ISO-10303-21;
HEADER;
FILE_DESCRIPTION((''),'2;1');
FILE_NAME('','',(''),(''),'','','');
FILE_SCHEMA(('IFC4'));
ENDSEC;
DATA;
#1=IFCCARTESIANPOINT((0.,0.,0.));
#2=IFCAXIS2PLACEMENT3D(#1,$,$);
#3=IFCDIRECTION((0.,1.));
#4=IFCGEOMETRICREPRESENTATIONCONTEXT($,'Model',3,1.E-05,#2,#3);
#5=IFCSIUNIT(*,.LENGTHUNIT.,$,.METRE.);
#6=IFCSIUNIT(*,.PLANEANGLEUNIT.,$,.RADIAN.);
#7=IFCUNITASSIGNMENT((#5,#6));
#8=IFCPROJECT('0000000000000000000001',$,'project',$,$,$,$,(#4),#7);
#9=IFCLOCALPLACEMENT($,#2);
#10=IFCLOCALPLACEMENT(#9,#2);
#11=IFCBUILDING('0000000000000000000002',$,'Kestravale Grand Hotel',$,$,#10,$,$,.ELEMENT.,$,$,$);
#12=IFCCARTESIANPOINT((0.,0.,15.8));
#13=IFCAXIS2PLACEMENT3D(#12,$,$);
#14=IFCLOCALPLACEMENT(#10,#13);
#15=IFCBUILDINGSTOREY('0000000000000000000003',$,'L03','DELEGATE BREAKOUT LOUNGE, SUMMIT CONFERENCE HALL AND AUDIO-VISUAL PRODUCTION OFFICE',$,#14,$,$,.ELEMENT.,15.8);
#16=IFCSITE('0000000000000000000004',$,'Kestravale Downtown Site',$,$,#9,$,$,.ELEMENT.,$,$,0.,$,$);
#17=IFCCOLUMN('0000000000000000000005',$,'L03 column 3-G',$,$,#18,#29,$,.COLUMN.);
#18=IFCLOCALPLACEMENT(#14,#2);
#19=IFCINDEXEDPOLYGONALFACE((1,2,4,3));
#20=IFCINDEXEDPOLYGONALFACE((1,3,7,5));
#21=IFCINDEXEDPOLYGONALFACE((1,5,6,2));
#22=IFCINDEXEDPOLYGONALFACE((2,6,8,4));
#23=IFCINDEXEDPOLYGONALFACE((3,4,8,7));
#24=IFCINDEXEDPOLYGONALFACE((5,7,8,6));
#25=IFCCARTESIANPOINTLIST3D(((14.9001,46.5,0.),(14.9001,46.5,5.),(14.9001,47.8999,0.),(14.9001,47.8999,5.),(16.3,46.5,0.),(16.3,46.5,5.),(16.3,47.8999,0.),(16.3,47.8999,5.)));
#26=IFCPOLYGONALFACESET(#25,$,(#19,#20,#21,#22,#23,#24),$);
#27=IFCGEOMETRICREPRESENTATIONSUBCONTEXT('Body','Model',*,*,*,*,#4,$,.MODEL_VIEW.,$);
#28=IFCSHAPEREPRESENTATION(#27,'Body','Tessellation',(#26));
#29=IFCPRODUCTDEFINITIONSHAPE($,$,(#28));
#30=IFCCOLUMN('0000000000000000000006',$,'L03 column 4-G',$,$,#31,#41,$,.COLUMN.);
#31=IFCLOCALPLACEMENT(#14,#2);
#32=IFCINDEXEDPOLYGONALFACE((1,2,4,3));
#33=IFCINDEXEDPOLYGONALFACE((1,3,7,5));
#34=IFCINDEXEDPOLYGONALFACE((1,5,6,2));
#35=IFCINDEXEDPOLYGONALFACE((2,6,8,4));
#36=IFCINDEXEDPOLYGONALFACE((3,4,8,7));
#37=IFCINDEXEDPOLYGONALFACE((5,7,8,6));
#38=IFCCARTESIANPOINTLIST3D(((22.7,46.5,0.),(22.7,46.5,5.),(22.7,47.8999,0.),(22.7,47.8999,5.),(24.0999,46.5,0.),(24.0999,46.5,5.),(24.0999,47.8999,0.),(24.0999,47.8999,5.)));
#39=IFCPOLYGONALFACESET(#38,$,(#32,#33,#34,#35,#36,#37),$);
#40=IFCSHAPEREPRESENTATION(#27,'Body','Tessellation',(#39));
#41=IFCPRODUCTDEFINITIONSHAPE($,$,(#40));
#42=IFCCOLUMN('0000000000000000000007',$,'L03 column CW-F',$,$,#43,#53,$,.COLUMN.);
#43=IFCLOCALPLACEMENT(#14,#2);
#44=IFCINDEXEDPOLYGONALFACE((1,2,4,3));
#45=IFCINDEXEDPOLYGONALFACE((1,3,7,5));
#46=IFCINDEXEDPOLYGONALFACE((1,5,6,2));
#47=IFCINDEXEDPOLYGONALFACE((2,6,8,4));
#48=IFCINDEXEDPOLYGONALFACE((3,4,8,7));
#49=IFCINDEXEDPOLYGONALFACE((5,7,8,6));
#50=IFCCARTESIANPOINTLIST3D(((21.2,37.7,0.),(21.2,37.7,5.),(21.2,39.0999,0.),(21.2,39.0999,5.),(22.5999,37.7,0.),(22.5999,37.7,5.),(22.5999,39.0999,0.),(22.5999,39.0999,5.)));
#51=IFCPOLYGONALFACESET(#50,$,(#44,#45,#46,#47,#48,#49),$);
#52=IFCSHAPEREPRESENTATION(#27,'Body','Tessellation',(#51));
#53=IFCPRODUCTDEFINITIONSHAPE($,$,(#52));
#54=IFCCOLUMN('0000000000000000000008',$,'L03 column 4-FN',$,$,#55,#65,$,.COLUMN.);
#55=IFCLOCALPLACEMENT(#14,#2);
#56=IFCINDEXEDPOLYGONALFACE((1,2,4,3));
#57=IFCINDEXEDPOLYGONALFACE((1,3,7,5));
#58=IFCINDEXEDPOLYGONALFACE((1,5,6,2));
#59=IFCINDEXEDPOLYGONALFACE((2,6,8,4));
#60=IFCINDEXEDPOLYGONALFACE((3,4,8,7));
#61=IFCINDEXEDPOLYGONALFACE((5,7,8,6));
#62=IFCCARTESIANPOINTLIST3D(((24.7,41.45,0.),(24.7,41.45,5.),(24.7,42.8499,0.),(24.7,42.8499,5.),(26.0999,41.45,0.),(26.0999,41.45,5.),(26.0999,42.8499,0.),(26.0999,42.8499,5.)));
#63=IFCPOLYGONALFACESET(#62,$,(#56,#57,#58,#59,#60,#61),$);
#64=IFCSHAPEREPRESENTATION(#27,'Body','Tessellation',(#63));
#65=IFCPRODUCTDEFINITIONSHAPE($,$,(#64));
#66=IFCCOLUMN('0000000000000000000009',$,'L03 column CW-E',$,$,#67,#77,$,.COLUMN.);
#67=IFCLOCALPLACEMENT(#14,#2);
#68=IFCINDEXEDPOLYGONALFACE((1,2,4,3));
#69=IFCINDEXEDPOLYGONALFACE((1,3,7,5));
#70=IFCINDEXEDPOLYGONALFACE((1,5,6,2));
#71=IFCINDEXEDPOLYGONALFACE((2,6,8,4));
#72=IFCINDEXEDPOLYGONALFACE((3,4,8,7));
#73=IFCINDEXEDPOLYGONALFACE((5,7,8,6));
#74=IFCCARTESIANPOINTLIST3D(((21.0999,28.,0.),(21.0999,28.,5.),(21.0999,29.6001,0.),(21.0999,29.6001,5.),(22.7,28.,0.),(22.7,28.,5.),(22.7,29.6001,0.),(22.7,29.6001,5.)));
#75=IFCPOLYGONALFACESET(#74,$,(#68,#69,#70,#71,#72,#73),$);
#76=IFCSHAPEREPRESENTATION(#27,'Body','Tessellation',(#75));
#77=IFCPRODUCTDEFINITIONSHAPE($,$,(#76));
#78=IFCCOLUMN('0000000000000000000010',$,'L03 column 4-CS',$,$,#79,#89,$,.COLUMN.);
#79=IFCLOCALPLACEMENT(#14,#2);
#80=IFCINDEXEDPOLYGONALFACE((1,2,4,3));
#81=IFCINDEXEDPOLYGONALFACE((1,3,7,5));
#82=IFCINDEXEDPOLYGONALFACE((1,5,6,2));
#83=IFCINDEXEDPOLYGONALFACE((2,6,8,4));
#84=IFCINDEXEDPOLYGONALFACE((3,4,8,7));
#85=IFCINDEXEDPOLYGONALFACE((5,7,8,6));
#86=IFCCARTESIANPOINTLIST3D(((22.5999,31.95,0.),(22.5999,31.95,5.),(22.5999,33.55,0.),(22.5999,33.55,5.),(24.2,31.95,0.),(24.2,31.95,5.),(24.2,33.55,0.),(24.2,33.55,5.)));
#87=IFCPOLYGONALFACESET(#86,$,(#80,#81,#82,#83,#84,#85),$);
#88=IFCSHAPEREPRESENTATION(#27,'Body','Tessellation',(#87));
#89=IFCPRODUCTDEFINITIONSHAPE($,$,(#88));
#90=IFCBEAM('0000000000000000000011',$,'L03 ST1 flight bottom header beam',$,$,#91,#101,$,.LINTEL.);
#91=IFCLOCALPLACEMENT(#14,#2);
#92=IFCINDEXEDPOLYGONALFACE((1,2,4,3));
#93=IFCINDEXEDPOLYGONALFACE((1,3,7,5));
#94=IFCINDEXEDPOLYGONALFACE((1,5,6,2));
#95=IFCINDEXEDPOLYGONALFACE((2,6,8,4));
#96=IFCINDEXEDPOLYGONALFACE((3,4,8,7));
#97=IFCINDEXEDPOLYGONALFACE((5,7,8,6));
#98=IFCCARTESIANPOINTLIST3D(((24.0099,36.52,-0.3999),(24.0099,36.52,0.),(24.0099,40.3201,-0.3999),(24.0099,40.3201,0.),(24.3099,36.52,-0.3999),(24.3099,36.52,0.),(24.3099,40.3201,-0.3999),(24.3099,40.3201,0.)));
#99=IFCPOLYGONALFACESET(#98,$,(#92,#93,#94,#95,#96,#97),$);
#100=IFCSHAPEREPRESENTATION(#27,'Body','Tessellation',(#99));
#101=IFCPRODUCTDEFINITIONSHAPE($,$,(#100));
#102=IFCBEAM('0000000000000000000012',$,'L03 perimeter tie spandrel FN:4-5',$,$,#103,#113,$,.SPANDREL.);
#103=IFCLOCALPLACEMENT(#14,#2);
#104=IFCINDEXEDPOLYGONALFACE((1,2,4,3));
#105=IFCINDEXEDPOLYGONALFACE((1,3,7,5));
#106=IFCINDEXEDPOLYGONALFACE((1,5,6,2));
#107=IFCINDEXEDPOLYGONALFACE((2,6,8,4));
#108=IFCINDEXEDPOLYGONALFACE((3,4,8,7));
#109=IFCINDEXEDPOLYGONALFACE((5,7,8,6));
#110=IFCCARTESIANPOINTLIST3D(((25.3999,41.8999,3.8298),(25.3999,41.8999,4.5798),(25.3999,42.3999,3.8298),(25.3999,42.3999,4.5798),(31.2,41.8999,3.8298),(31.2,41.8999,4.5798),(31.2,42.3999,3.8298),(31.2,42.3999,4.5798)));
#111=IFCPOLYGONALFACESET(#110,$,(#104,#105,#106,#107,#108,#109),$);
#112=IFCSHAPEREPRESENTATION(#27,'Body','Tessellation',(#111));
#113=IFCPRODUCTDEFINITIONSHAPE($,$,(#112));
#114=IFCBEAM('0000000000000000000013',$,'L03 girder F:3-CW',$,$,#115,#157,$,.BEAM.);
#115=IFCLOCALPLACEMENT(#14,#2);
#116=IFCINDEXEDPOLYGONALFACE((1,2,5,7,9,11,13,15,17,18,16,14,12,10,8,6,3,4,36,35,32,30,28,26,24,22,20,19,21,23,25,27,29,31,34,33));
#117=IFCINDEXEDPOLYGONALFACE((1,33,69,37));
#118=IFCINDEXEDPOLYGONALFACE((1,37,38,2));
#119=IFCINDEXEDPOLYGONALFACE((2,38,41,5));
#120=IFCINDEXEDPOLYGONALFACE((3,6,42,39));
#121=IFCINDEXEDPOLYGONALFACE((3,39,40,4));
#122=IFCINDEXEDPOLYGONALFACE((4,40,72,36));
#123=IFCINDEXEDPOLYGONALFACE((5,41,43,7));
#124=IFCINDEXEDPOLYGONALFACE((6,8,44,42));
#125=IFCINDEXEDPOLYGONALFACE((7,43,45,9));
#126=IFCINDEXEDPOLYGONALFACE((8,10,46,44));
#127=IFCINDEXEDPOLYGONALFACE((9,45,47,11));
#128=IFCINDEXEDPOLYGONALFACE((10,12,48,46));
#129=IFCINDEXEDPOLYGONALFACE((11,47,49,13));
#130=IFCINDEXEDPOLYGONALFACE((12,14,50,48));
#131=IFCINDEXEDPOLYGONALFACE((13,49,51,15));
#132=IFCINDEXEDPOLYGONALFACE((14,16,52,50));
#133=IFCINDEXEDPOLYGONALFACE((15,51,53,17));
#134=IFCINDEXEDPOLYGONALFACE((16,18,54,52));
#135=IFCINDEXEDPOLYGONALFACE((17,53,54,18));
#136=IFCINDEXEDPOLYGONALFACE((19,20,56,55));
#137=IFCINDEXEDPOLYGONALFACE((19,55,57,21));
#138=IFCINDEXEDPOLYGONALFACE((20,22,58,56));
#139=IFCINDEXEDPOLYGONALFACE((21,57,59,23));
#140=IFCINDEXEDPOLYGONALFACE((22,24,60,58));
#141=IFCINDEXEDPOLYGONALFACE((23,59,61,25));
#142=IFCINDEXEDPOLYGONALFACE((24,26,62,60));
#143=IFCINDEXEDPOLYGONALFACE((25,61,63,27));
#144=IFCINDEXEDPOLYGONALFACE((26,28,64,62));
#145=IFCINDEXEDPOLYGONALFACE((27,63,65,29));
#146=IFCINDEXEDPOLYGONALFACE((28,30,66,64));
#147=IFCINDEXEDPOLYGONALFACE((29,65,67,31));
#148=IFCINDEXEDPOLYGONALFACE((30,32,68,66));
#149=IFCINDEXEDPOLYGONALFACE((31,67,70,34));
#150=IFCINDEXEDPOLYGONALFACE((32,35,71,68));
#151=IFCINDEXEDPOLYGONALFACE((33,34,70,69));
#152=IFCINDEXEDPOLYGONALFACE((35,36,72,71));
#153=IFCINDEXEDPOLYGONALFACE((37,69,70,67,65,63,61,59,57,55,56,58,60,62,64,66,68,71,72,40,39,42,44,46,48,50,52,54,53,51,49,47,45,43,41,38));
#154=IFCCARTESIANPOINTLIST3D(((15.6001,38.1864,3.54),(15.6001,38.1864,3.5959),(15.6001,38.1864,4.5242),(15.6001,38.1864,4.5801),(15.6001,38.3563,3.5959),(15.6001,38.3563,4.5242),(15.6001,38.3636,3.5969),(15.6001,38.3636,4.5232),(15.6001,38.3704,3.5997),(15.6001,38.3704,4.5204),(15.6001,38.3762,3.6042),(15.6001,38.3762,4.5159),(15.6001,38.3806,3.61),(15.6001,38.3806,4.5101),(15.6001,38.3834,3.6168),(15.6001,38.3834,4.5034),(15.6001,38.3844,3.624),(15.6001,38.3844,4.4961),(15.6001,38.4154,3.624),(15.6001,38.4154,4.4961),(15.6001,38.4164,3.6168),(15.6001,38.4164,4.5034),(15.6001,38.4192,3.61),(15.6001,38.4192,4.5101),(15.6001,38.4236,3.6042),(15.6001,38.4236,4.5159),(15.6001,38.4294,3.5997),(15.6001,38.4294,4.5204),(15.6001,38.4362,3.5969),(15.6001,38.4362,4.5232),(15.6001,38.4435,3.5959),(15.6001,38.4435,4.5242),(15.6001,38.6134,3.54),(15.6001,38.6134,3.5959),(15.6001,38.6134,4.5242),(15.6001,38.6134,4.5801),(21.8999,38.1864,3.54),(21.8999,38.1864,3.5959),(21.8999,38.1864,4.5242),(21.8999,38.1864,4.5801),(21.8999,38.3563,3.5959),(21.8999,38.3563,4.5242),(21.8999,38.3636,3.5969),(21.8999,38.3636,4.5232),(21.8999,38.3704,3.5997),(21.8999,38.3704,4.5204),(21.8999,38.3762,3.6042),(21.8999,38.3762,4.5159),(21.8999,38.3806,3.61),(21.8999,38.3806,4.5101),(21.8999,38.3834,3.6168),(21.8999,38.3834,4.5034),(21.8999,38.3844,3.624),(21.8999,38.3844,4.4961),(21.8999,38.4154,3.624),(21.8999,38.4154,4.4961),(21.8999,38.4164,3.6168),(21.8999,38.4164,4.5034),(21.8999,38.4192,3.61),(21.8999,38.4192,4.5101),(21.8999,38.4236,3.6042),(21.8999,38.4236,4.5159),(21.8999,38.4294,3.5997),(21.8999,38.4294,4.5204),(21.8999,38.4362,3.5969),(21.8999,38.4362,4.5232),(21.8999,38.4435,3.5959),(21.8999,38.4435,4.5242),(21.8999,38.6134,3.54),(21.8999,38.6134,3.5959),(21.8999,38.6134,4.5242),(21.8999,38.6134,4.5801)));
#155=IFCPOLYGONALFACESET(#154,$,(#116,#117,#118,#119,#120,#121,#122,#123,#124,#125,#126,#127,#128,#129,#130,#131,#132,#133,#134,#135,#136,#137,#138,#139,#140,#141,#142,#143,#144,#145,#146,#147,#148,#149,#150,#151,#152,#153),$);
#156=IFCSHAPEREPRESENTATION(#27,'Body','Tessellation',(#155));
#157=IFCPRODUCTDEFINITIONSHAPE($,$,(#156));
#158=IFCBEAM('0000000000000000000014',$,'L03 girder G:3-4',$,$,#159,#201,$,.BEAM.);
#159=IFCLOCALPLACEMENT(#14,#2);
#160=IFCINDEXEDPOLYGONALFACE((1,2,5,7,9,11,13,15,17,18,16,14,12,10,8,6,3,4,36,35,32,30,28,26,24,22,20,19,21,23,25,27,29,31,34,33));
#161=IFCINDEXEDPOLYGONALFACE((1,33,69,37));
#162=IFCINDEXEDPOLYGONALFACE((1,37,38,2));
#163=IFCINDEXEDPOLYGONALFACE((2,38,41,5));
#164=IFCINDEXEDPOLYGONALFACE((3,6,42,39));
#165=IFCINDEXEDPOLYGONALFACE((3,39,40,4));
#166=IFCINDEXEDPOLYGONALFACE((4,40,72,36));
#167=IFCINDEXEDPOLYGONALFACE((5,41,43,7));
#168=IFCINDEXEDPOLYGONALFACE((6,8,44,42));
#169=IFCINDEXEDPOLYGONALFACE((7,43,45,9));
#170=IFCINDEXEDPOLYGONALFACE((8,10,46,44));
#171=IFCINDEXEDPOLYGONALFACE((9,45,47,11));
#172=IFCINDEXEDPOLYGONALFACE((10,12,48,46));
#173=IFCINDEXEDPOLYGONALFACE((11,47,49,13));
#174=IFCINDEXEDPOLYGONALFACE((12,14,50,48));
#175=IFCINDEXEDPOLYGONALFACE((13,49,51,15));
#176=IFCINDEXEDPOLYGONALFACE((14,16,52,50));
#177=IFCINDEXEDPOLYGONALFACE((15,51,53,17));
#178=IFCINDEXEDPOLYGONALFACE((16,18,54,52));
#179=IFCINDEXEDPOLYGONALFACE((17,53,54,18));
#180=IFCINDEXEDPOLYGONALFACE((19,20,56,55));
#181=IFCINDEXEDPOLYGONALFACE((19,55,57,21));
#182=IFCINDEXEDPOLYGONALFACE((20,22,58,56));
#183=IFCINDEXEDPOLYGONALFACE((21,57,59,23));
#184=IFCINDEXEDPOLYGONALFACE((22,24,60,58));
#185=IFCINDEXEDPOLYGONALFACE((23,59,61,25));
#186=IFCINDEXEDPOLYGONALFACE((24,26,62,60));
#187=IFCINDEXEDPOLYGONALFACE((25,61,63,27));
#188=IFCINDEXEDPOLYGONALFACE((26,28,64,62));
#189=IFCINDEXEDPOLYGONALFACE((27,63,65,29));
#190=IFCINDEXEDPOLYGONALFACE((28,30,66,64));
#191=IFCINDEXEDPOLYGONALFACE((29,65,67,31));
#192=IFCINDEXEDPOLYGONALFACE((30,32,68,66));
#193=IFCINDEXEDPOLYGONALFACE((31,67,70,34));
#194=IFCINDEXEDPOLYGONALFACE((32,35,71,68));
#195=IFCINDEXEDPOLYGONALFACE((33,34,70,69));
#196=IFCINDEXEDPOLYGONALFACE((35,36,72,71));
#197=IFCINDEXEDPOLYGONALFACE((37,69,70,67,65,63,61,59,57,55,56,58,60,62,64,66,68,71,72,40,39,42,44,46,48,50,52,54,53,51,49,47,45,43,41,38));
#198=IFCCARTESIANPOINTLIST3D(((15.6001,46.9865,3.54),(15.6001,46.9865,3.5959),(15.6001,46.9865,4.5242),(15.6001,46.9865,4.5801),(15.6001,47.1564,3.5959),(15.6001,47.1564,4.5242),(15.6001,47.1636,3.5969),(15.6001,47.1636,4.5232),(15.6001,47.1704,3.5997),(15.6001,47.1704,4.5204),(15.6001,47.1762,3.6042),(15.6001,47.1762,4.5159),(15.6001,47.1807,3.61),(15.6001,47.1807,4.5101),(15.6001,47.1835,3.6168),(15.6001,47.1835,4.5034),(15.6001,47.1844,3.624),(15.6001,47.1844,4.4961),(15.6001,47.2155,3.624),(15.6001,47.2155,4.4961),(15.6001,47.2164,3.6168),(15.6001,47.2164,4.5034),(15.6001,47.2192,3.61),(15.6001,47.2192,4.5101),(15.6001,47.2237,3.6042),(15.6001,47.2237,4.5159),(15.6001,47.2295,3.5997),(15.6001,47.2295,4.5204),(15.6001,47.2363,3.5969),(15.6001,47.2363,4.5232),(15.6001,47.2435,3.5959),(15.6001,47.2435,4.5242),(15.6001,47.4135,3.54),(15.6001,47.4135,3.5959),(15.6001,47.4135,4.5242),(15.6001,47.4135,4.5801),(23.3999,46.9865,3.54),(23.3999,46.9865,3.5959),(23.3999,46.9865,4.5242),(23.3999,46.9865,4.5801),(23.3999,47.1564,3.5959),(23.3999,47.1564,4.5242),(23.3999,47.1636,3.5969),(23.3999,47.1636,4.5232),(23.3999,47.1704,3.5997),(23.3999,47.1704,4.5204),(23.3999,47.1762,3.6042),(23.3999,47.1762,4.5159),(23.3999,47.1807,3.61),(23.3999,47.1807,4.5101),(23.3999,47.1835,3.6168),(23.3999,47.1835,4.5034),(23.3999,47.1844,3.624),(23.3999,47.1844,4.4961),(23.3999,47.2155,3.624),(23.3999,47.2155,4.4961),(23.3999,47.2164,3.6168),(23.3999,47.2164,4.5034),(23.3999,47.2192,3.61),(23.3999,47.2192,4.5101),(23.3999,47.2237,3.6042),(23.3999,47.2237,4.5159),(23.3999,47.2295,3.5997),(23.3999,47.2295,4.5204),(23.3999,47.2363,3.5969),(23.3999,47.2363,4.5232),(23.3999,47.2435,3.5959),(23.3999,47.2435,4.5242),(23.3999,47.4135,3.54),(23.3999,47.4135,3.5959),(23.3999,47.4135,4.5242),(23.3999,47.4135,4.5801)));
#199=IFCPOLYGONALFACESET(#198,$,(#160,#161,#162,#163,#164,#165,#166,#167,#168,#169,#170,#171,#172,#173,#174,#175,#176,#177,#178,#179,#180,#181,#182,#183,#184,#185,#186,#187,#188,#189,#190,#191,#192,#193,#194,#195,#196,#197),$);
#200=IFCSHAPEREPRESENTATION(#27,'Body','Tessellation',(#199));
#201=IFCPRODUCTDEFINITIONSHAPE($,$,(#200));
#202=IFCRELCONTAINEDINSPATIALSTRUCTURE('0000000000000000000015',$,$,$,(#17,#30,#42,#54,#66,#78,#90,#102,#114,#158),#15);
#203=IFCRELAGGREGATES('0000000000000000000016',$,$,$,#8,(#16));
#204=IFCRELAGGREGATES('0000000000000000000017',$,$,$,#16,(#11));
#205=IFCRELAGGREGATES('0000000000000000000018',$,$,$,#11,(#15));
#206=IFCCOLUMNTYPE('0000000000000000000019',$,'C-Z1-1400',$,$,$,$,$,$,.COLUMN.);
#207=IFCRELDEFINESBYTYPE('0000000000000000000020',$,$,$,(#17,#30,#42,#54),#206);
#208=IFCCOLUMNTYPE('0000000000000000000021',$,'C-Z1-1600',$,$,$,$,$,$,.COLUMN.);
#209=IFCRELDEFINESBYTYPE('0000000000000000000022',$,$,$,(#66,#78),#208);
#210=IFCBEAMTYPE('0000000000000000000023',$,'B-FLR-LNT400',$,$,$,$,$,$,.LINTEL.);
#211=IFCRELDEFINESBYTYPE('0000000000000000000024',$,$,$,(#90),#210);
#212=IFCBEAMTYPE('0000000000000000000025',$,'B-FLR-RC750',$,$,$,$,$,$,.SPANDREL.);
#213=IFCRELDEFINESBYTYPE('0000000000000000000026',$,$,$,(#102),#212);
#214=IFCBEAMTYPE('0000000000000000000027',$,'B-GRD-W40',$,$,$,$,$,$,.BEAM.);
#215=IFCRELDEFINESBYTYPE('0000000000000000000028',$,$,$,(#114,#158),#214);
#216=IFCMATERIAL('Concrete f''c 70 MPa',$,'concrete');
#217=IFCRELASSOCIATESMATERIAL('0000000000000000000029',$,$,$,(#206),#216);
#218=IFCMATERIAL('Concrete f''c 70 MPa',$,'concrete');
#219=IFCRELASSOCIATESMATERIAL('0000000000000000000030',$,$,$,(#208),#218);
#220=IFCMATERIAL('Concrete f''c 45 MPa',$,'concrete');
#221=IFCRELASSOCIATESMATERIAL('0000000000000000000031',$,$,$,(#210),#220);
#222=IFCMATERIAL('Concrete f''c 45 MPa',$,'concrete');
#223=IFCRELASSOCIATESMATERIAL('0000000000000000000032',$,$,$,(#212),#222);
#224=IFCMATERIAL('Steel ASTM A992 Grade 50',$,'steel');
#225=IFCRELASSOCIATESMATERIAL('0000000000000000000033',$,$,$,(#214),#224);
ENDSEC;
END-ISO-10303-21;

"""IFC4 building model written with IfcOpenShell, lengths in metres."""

from ifc_helpers import new_model, si_unit, direction, frame, origin, origin_2d, place, context, subcontext, project, spatial, rectangle, i_section, extrude, material, material_profile, profile_set, type_object, element, save


model = new_model("IFC4")

# Units and contexts
model_context = context("Model", 3, precision=1e-05, world=origin(), true_north=direction((0.0, 1.0)))
body_context = subcontext(model_context, "Body", "Model", "MODEL_VIEW")
ifc_project = project(units=[si_unit("LENGTHUNIT", "METRE"), si_unit("PLANEANGLEUNIT", "RADIAN")], contexts=[model_context])

# Site, building, storey
site_placement = place(None, origin())
site = spatial("IfcSite", under=ifc_project, at=site_placement, Name="Kestravale Downtown Site", CompositionType="ELEMENT", RefElevation=0.0)
building_placement = place(site_placement, origin())
building = spatial("IfcBuilding", under=site, at=building_placement, Name="Kestravale Grand Hotel", CompositionType="ELEMENT")
storey_placement = place(building_placement, frame((0.0, 0.0, 15.8)))
storey = spatial("IfcBuildingStorey", under=building, at=storey_placement, Name="L03", Description="DELEGATE BREAKOUT LOUNGE, SUMMIT CONFERENCE HALL AND AUDIO-VISUAL PRODUCTION OFFICE", CompositionType="ELEMENT", Elevation=15.8)

# Columns
ifc_material_1 = material(Name="Concrete f'c 70 MPa", Category="concrete")
ifc_material_profile_1 = material_profile(ifc_material_1, rectangle(XDim=1.3999, YDim=1.3999, at=origin_2d()))
ifc_profile_set_1 = profile_set([ifc_material_profile_1], Name="Concrete f'c 70 MPa")
column_type_1 = type_object("IfcColumnType", Name="C-Z1-1400", PredefinedType="COLUMN", material=ifc_profile_set_1)
for number, where, z_axis, x_axis, name in (
    (1, (15.6001, 47.2, 0.0), (0.0, 0.0, 1.0), (1.0, 0.0, 0.0), "L03 column 3-G"),
    (2, (23.3999, 47.2, 0.0), (0.0, 0.0, 1.0), (1.0, 0.0, 0.0), "L03 column 4-G"),
    (3, (21.8999, 38.3999, 0.0), (0.0, 0.0, 1.0), (1.0, 0.0, 0.0), "L03 column CW-F"),
    (4, (25.3999, 42.1499, 0.0), (0.0, 0.0, 1.0), (1.0, 0.0, 0.0), "L03 column 4-FN"),
):
    element("IfcColumn", number, at=place(storey_placement, frame(where, z_axis=z_axis, x_axis=x_axis)), inside=storey, type_object=column_type_1, Name=name, PredefinedType="COLUMN", context=body_context, shape_type="SweptSolid", body=[
        extrude(rectangle(XDim=1.3999, YDim=1.3999, at=origin_2d()), origin(), (0.0, 0.0, 1.0), 5.0),
    ])
ifc_material_2 = material(Name="Concrete f'c 70 MPa", Category="concrete")
ifc_material_profile_2 = material_profile(ifc_material_2, rectangle(XDim=1.6001, YDim=1.6001, at=origin_2d()))
ifc_profile_set_2 = profile_set([ifc_material_profile_2], Name="Concrete f'c 70 MPa")
column_type_2 = type_object("IfcColumnType", Name="C-Z1-1600", PredefinedType="COLUMN", material=ifc_profile_set_2)
for number, where, z_axis, x_axis, name in (
    (5, (21.8999, 28.8, 0.0), (0.0, 0.0, 1.0), (1.0, 0.0, 0.0), "L03 column CW-E"),
    (6, (23.3999, 32.75, 0.0), (0.0, 0.0, 1.0), (1.0, 0.0, 0.0), "L03 column 4-CS"),
):
    element("IfcColumn", number, at=place(storey_placement, frame(where, z_axis=z_axis, x_axis=x_axis)), inside=storey, type_object=column_type_2, Name=name, PredefinedType="COLUMN", context=body_context, shape_type="SweptSolid", body=[
        extrude(rectangle(XDim=1.6001, YDim=1.6001, at=origin_2d()), origin(), (0.0, 0.0, 1.0), 5.0),
    ])

# Beams
ifc_material_3 = material(Name="Concrete f'c 45 MPa", Category="concrete")
ifc_material_profile_3 = material_profile(ifc_material_3, rectangle(XDim=0.3, YDim=0.3999, at=origin_2d()))
ifc_profile_set_3 = profile_set([ifc_material_profile_3], Name="Concrete f'c 45 MPa")
beam_type_1 = type_object("IfcBeamType", Name="B-FLR-LNT400", PredefinedType="LINTEL", material=ifc_profile_set_3)
beam_1_placement = place(storey_placement, frame((24.1599, 36.52, -0.2), z_axis=(0.0, 1.0, 0.0), x_axis=(-1.0, 0.0, 0.0)))
element("IfcBeam", 7, at=beam_1_placement, inside=storey, type_object=beam_type_1, Name="L03 ST1 flight bottom header beam", PredefinedType="LINTEL", context=body_context, shape_type="SweptSolid", body=[
    extrude(rectangle(XDim=0.3, YDim=0.3999, at=origin_2d()), origin(), (0.0, 0.0, 1.0), 3.8),
])
ifc_material_4 = material(Name="Concrete f'c 45 MPa", Category="concrete")
ifc_material_profile_4 = material_profile(ifc_material_4, rectangle(XDim=0.5, YDim=0.75, at=origin_2d()))
ifc_profile_set_4 = profile_set([ifc_material_profile_4], Name="Concrete f'c 45 MPa")
beam_type_2 = type_object("IfcBeamType", Name="B-FLR-RC750", PredefinedType="SPANDREL", material=ifc_profile_set_4)
beam_2_placement = place(storey_placement, frame((25.3999, 42.1499, 4.2048), z_axis=(1.0, 0.0, 0.0), x_axis=(0.0, 1.0, 0.0)))
element("IfcBeam", 8, at=beam_2_placement, inside=storey, type_object=beam_type_2, Name="L03 perimeter tie spandrel FN:4-5", PredefinedType="SPANDREL", context=body_context, shape_type="SweptSolid", body=[
    extrude(rectangle(XDim=0.5, YDim=0.75, at=origin_2d()), origin(), (0.0, 0.0, 1.0), 5.8),
])
ifc_material_5 = material(Name="Steel ASTM A992 Grade 50", Category="steel")
ifc_material_profile_5 = material_profile(ifc_material_5, i_section(OverallWidth=0.427, OverallDepth=1.04, WebThickness=0.031, FlangeThickness=0.0559, FilletRadius=0.0281, at=origin_2d()))
ifc_profile_set_5 = profile_set([ifc_material_profile_5], Name="Steel ASTM A992 Grade 50")
beam_type_3 = type_object("IfcBeamType", Name="B-GRD-W40", PredefinedType="BEAM", material=ifc_profile_set_5)
beam_3_placement = place(storey_placement, frame((15.6001, 38.3999, 4.0601), z_axis=(1.0, 0.0, 0.0), x_axis=(0.0, 1.0, 0.0)))
element("IfcBeam", 9, at=beam_3_placement, inside=storey, type_object=beam_type_3, Name="L03 girder F:3-CW", PredefinedType="BEAM", context=body_context, shape_type="SweptSolid", body=[
    extrude(i_section(OverallWidth=0.427, OverallDepth=1.04, WebThickness=0.031, FlangeThickness=0.0559, FilletRadius=0.0281, at=origin_2d()), origin(), (0.0, 0.0, 1.0), 6.2998),
])
beam_4_placement = place(storey_placement, frame((15.6001, 47.2, 4.0601), z_axis=(1.0, 0.0, 0.0), x_axis=(0.0, 1.0, 0.0)))
element("IfcBeam", 10, at=beam_4_placement, inside=storey, type_object=beam_type_3, Name="L03 girder G:3-4", PredefinedType="BEAM", context=body_context, shape_type="SweptSolid", body=[
    extrude(i_section(OverallWidth=0.427, OverallDepth=1.04, WebThickness=0.031, FlangeThickness=0.0559, FilletRadius=0.0281, at=origin_2d()), origin(), (0.0, 0.0, 1.0), 7.7998),
])

save(model, "model.ifc")
